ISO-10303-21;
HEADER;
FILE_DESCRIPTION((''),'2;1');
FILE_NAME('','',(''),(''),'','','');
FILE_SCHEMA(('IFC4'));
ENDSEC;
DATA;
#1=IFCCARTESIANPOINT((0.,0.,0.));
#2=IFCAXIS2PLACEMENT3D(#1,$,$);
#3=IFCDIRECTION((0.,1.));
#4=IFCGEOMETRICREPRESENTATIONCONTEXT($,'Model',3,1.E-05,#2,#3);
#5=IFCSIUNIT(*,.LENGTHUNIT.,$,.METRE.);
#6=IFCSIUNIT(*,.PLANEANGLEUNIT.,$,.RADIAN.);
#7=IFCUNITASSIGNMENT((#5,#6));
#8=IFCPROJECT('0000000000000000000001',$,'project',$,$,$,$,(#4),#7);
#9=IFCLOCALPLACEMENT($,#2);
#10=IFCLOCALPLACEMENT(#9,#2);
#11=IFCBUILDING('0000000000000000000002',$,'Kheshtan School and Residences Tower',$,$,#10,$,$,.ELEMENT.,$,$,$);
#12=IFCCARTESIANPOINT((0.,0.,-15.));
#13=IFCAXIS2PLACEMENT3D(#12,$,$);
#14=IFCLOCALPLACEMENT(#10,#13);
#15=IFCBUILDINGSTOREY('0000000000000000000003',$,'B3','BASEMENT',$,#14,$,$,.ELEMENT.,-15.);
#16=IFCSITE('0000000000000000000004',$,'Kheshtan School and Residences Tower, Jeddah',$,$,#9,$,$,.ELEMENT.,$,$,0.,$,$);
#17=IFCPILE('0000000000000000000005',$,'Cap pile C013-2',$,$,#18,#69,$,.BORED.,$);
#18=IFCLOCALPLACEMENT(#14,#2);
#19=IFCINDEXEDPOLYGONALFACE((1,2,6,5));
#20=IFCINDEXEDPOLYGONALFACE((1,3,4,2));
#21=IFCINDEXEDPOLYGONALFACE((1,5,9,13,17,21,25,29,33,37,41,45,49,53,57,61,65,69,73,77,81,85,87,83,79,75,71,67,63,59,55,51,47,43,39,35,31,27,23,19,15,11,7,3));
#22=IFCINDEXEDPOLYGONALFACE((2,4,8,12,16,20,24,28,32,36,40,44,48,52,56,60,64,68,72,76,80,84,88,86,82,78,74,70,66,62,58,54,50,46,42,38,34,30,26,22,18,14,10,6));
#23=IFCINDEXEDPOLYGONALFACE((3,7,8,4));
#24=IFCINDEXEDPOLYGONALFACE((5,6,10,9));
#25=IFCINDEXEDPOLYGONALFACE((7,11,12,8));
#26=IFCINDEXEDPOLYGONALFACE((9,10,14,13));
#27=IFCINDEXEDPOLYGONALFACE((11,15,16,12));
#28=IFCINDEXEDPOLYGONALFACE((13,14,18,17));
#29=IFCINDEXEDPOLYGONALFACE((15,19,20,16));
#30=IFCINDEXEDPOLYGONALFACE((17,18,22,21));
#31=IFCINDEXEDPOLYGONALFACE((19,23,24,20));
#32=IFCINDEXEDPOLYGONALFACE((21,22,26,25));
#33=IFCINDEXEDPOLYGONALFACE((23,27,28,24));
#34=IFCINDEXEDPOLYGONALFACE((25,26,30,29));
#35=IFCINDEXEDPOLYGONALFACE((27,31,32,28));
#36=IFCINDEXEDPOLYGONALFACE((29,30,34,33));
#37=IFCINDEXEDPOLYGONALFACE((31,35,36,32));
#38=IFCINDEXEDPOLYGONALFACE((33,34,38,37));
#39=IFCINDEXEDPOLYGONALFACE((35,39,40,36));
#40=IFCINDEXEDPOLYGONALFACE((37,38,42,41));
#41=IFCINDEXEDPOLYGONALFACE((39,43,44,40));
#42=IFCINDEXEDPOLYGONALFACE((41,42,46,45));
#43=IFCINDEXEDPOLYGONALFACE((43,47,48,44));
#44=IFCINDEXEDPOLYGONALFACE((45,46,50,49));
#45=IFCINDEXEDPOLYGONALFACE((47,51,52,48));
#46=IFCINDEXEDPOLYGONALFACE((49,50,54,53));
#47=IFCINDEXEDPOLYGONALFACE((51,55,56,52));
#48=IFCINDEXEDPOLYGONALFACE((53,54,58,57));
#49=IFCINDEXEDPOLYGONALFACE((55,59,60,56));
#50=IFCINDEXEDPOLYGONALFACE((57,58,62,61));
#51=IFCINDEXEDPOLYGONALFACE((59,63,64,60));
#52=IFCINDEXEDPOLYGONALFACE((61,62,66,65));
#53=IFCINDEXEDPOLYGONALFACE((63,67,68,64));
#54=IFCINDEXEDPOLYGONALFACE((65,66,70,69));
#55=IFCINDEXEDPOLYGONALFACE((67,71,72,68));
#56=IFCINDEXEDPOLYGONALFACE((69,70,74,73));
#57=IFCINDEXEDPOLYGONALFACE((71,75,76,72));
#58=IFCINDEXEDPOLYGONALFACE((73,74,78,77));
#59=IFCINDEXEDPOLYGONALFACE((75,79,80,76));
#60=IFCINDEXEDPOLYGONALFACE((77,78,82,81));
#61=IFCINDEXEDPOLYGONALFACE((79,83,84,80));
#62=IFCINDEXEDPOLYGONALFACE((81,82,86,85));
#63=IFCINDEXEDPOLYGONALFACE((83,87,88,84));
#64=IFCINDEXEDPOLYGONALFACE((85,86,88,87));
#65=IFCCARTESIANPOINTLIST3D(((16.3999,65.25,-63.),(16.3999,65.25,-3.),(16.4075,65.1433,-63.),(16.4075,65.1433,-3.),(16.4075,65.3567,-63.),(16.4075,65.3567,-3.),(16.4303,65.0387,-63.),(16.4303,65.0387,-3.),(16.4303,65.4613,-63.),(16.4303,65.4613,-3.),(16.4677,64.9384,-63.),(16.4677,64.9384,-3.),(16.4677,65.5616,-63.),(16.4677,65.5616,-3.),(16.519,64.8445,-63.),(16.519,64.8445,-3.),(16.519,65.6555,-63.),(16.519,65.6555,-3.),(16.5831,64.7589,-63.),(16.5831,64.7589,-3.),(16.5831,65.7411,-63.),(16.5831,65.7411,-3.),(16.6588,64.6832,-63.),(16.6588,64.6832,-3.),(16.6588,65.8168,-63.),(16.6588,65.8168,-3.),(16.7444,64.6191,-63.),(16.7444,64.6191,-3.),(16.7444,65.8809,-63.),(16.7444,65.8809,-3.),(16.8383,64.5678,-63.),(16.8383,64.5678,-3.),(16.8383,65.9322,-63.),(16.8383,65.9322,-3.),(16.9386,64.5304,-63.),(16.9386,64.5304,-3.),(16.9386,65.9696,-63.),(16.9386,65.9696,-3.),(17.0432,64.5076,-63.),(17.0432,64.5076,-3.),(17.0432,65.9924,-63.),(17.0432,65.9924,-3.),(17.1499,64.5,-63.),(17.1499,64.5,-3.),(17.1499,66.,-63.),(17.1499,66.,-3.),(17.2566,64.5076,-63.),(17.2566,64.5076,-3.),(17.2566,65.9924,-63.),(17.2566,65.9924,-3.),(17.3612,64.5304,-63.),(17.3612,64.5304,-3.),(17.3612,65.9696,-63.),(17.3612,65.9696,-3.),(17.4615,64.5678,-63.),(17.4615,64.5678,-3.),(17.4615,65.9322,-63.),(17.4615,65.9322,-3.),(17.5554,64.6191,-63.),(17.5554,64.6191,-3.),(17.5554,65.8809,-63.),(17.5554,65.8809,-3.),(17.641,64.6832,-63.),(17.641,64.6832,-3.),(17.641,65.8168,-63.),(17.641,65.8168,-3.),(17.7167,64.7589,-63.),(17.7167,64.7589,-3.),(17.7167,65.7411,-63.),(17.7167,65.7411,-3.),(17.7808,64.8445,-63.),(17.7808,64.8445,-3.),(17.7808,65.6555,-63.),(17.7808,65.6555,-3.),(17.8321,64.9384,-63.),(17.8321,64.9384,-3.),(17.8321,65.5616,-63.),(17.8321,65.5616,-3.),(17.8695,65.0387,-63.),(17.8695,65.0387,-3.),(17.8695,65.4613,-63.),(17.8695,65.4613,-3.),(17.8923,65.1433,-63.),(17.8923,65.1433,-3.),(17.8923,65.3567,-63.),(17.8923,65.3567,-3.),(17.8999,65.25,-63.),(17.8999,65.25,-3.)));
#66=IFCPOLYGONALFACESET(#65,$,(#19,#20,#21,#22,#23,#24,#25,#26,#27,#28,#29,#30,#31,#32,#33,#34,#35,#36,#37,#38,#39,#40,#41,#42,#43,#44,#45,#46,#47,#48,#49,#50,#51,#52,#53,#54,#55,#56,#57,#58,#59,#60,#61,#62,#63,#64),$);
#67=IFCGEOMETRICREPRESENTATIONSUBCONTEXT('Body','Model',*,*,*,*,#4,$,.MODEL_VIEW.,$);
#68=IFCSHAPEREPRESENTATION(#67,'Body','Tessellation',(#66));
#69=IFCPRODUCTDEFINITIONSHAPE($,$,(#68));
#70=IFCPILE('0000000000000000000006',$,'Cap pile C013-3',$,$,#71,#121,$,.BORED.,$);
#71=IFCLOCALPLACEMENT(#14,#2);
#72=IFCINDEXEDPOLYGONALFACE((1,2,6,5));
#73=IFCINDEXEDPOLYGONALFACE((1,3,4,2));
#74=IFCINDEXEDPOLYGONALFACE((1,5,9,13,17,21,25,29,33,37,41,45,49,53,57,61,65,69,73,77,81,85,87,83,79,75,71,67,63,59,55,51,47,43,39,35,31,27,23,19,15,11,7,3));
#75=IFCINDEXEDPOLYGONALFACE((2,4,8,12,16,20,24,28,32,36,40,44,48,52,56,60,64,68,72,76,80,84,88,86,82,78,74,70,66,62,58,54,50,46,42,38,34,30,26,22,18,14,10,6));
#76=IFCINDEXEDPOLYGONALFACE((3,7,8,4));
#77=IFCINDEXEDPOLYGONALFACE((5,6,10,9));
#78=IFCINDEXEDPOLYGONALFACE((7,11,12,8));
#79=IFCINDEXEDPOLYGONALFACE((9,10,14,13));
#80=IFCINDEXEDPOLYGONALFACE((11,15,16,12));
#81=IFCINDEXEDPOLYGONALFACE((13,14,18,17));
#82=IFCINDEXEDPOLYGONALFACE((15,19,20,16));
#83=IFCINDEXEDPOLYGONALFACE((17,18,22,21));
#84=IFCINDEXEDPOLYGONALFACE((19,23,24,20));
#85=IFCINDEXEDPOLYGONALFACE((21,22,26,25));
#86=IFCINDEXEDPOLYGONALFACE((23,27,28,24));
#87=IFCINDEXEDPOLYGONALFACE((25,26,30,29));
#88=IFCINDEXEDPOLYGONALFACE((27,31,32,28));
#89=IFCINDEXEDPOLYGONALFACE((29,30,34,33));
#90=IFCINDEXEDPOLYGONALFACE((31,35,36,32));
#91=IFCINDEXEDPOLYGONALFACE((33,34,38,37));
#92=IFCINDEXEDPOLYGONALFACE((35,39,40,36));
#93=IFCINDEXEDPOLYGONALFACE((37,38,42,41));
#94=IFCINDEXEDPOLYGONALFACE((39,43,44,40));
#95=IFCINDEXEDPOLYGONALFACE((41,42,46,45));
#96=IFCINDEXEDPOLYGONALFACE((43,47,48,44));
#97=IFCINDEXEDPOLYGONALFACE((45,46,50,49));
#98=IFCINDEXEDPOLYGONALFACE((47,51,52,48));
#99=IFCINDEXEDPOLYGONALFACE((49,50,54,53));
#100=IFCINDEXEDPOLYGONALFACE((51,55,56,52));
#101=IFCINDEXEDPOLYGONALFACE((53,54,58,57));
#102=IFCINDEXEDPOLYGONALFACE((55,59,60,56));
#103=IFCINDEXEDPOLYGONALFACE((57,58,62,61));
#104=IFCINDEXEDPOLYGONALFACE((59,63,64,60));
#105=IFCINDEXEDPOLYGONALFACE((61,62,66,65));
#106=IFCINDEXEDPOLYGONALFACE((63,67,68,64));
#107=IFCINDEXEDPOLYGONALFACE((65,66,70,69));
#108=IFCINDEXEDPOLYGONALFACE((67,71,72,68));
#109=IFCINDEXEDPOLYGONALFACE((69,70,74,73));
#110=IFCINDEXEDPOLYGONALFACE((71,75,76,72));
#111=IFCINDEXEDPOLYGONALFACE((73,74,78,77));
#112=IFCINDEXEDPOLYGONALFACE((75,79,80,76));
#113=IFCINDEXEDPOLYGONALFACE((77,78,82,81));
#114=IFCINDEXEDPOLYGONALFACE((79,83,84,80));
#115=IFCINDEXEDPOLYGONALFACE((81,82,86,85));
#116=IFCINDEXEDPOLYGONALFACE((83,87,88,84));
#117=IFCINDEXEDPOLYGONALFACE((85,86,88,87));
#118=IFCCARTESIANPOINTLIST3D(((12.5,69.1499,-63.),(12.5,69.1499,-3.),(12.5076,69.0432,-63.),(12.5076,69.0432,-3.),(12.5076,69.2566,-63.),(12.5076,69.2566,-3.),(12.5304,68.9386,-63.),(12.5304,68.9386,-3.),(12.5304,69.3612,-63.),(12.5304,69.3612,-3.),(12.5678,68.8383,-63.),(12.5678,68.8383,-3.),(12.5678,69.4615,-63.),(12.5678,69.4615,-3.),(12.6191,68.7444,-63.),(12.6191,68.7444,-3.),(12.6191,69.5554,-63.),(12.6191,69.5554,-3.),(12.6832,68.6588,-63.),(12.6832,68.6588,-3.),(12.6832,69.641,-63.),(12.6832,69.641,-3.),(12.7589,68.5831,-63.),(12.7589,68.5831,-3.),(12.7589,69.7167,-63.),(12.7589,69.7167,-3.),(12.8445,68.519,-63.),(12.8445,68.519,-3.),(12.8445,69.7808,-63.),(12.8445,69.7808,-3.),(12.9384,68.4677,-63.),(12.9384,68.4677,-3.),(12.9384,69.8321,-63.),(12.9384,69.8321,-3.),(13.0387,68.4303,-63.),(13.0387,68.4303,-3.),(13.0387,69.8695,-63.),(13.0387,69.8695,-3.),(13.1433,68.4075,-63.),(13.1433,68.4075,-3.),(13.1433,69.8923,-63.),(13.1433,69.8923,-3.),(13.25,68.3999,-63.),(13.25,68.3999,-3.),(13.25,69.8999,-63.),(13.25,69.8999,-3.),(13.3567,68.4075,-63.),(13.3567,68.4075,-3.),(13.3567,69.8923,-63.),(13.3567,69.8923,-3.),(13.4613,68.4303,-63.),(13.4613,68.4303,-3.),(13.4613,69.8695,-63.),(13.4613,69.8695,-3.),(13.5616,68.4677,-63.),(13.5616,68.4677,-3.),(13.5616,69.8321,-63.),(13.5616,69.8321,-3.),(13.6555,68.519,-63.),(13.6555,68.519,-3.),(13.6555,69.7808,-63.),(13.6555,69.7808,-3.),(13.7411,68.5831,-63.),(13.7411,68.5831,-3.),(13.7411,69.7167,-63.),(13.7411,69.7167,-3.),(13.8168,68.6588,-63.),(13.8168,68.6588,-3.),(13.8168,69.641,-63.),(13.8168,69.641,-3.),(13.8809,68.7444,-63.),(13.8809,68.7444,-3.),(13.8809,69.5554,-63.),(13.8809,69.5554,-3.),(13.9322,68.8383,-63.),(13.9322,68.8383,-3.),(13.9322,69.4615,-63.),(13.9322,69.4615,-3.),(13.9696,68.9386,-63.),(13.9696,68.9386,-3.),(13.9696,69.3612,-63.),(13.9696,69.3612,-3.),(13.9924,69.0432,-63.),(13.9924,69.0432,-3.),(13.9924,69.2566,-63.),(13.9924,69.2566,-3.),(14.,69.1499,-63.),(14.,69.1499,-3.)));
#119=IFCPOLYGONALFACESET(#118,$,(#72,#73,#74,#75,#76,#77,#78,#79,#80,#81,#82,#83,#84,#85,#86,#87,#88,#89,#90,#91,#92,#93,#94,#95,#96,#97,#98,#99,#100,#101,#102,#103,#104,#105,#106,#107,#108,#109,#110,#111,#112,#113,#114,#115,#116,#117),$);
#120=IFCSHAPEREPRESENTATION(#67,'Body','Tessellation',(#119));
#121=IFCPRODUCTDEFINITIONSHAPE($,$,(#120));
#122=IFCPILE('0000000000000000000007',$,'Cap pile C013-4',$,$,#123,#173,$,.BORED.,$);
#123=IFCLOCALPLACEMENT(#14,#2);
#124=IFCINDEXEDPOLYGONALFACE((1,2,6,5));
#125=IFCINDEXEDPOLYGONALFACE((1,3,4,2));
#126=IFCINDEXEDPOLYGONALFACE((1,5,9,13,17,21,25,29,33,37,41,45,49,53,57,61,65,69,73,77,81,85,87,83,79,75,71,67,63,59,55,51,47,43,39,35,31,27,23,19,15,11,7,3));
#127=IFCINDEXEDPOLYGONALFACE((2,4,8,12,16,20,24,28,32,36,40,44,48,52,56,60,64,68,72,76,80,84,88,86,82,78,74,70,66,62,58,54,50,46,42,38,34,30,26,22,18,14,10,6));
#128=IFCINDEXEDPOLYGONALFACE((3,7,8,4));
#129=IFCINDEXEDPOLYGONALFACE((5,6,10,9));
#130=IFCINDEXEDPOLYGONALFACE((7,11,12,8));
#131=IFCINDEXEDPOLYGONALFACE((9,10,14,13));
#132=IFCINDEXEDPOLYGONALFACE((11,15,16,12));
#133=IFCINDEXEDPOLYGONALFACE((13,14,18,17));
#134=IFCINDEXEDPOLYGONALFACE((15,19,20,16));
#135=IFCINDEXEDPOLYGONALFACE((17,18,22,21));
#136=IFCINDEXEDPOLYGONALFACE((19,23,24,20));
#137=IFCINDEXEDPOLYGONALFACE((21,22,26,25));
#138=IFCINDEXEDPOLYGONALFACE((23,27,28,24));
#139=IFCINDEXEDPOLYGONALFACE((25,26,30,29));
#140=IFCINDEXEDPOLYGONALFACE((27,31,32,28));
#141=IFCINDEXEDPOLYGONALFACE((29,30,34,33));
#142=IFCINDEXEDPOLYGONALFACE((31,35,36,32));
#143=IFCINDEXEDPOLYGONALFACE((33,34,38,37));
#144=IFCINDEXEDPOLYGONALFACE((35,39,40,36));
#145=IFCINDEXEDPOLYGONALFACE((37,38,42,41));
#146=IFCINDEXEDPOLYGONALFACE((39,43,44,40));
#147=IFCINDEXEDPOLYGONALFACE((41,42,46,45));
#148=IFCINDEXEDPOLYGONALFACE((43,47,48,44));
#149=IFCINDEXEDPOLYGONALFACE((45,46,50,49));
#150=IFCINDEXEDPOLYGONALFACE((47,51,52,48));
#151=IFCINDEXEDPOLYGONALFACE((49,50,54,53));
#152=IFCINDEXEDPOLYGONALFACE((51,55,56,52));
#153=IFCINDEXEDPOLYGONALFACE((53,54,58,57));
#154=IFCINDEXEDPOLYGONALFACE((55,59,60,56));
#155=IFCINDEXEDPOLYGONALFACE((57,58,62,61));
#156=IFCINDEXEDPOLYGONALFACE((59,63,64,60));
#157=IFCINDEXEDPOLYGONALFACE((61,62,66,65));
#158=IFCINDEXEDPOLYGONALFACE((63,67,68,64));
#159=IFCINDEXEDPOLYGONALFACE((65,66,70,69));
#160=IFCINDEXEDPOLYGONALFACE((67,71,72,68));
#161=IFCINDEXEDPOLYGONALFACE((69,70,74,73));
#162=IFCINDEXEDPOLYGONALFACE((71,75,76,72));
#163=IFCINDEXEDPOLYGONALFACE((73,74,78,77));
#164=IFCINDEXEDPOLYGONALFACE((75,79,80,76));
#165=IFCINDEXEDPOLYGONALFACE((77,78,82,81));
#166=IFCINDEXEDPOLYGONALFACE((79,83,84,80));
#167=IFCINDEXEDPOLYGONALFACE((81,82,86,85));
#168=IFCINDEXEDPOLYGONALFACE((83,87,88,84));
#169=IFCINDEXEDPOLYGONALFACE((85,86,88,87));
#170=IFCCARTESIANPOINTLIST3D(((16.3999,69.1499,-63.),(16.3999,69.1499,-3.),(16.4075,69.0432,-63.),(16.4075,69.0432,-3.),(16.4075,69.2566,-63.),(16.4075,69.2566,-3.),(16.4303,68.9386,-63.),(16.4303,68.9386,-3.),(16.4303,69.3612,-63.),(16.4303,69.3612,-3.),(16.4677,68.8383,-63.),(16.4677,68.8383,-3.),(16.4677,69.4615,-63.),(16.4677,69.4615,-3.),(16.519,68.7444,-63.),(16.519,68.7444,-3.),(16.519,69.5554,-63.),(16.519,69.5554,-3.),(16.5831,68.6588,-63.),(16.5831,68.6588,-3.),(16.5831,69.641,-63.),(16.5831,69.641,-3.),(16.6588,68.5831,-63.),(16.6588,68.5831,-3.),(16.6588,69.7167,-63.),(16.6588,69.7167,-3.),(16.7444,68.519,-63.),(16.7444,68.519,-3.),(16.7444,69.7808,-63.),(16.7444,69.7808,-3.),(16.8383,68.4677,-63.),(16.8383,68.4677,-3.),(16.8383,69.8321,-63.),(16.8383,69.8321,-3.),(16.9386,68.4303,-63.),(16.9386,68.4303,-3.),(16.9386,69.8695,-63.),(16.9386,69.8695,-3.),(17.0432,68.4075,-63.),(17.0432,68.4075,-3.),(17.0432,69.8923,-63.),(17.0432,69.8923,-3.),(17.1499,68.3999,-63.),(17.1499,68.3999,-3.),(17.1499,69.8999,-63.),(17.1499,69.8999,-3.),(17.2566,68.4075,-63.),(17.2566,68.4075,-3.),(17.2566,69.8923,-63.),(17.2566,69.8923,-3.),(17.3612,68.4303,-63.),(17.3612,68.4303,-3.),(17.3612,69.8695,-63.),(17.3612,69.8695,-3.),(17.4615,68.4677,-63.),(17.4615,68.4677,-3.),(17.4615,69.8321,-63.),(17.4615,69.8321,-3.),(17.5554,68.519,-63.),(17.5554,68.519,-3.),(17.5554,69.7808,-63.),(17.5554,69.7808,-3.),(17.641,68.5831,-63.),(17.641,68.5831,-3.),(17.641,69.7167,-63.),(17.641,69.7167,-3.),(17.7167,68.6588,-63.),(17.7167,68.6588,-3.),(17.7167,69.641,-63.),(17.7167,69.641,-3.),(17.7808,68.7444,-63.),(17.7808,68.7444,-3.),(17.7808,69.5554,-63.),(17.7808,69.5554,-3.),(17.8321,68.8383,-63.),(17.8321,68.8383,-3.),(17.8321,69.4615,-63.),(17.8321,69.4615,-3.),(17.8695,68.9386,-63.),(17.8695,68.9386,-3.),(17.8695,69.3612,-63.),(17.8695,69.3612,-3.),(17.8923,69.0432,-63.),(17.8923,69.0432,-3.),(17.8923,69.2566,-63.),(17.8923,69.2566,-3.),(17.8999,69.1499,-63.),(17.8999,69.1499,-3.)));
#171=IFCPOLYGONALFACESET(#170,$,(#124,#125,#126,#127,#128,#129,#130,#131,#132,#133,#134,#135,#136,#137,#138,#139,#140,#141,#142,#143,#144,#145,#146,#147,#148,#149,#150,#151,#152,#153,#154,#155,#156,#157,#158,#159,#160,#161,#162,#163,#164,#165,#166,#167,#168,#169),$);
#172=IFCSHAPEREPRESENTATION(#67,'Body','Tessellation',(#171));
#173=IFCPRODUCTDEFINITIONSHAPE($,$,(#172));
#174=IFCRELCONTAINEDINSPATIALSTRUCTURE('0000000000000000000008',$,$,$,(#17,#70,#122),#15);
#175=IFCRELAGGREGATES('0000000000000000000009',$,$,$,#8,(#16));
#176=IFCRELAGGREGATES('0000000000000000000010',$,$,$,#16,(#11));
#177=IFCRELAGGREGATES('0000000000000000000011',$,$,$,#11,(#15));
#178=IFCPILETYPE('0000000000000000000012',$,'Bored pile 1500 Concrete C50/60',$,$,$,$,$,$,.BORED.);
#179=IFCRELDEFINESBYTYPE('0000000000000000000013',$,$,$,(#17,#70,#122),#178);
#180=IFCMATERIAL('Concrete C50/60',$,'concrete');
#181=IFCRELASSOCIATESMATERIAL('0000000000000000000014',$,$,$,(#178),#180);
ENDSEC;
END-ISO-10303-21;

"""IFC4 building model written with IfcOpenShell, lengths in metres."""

from ifc_helpers import new_model, si_unit, direction, frame, origin, origin_2d, place, context, subcontext, project, spatial, circle, extrude, material, material_profile, profile_set, type_object, element, save


model = new_model("IFC4")

# Units and contexts
model_context = context("Model", 3, precision=1e-05, world=origin(), true_north=direction((0.0, 1.0)))
body_context = subcontext(model_context, "Body", "Model", "MODEL_VIEW")
ifc_project = project(units=[si_unit("LENGTHUNIT", "METRE"), si_unit("PLANEANGLEUNIT", "RADIAN")], contexts=[model_context])

# Site, building, storey
site_placement = place(None, origin())
site = spatial("IfcSite", under=ifc_project, at=site_placement, Name="Kheshtan School and Residences Tower, Jeddah", CompositionType="ELEMENT", RefElevation=0.0)
building_placement = place(site_placement, origin())
building = spatial("IfcBuilding", under=site, at=building_placement, Name="Kheshtan School and Residences Tower", CompositionType="ELEMENT")
storey_placement = place(building_placement, frame((0.0, 0.0, -15.0)))
storey = spatial("IfcBuildingStorey", under=building, at=storey_placement, Name="B3", Description="BASEMENT", CompositionType="ELEMENT", Elevation=-15.0)

# Piles
ifc_material_1 = material(Name="Concrete C50/60", Category="concrete")
ifc_material_profile_1 = material_profile(ifc_material_1, circle(Radius=0.75, at=origin_2d()), Name="BP 1500")
ifc_profile_set_1 = profile_set([ifc_material_profile_1], Name="Concrete C50/60")
pile_type_1 = type_object("IfcPileType", Name="Bored pile 1500 Concrete C50/60", PredefinedType="BORED", material=ifc_profile_set_1)
for number, where, z_axis, x_axis, name in (
    (1, (17.1499, 65.25, -3.0), (0.0, 0.0, -1.0), (1.0, 0.0, 0.0), "Cap pile C013-2"),
    (2, (13.25, 69.1499, -3.0), (0.0, 0.0, -1.0), (1.0, 0.0, 0.0), "Cap pile C013-3"),
    (3, (17.1499, 69.1499, -3.0), (0.0, 0.0, -1.0), (1.0, 0.0, 0.0), "Cap pile C013-4"),
):
    element("IfcPile", number, at=place(storey_placement, frame(where, z_axis=z_axis, x_axis=x_axis)), inside=storey, type_object=pile_type_1, Name=name, PredefinedType="BORED", context=body_context, shape_type="SweptSolid", body=[
        extrude(circle(Radius=0.75, at=origin_2d()), origin(), (0.0, 0.0, 1.0), 60.0),
    ])

save(model, "model.ifc")
